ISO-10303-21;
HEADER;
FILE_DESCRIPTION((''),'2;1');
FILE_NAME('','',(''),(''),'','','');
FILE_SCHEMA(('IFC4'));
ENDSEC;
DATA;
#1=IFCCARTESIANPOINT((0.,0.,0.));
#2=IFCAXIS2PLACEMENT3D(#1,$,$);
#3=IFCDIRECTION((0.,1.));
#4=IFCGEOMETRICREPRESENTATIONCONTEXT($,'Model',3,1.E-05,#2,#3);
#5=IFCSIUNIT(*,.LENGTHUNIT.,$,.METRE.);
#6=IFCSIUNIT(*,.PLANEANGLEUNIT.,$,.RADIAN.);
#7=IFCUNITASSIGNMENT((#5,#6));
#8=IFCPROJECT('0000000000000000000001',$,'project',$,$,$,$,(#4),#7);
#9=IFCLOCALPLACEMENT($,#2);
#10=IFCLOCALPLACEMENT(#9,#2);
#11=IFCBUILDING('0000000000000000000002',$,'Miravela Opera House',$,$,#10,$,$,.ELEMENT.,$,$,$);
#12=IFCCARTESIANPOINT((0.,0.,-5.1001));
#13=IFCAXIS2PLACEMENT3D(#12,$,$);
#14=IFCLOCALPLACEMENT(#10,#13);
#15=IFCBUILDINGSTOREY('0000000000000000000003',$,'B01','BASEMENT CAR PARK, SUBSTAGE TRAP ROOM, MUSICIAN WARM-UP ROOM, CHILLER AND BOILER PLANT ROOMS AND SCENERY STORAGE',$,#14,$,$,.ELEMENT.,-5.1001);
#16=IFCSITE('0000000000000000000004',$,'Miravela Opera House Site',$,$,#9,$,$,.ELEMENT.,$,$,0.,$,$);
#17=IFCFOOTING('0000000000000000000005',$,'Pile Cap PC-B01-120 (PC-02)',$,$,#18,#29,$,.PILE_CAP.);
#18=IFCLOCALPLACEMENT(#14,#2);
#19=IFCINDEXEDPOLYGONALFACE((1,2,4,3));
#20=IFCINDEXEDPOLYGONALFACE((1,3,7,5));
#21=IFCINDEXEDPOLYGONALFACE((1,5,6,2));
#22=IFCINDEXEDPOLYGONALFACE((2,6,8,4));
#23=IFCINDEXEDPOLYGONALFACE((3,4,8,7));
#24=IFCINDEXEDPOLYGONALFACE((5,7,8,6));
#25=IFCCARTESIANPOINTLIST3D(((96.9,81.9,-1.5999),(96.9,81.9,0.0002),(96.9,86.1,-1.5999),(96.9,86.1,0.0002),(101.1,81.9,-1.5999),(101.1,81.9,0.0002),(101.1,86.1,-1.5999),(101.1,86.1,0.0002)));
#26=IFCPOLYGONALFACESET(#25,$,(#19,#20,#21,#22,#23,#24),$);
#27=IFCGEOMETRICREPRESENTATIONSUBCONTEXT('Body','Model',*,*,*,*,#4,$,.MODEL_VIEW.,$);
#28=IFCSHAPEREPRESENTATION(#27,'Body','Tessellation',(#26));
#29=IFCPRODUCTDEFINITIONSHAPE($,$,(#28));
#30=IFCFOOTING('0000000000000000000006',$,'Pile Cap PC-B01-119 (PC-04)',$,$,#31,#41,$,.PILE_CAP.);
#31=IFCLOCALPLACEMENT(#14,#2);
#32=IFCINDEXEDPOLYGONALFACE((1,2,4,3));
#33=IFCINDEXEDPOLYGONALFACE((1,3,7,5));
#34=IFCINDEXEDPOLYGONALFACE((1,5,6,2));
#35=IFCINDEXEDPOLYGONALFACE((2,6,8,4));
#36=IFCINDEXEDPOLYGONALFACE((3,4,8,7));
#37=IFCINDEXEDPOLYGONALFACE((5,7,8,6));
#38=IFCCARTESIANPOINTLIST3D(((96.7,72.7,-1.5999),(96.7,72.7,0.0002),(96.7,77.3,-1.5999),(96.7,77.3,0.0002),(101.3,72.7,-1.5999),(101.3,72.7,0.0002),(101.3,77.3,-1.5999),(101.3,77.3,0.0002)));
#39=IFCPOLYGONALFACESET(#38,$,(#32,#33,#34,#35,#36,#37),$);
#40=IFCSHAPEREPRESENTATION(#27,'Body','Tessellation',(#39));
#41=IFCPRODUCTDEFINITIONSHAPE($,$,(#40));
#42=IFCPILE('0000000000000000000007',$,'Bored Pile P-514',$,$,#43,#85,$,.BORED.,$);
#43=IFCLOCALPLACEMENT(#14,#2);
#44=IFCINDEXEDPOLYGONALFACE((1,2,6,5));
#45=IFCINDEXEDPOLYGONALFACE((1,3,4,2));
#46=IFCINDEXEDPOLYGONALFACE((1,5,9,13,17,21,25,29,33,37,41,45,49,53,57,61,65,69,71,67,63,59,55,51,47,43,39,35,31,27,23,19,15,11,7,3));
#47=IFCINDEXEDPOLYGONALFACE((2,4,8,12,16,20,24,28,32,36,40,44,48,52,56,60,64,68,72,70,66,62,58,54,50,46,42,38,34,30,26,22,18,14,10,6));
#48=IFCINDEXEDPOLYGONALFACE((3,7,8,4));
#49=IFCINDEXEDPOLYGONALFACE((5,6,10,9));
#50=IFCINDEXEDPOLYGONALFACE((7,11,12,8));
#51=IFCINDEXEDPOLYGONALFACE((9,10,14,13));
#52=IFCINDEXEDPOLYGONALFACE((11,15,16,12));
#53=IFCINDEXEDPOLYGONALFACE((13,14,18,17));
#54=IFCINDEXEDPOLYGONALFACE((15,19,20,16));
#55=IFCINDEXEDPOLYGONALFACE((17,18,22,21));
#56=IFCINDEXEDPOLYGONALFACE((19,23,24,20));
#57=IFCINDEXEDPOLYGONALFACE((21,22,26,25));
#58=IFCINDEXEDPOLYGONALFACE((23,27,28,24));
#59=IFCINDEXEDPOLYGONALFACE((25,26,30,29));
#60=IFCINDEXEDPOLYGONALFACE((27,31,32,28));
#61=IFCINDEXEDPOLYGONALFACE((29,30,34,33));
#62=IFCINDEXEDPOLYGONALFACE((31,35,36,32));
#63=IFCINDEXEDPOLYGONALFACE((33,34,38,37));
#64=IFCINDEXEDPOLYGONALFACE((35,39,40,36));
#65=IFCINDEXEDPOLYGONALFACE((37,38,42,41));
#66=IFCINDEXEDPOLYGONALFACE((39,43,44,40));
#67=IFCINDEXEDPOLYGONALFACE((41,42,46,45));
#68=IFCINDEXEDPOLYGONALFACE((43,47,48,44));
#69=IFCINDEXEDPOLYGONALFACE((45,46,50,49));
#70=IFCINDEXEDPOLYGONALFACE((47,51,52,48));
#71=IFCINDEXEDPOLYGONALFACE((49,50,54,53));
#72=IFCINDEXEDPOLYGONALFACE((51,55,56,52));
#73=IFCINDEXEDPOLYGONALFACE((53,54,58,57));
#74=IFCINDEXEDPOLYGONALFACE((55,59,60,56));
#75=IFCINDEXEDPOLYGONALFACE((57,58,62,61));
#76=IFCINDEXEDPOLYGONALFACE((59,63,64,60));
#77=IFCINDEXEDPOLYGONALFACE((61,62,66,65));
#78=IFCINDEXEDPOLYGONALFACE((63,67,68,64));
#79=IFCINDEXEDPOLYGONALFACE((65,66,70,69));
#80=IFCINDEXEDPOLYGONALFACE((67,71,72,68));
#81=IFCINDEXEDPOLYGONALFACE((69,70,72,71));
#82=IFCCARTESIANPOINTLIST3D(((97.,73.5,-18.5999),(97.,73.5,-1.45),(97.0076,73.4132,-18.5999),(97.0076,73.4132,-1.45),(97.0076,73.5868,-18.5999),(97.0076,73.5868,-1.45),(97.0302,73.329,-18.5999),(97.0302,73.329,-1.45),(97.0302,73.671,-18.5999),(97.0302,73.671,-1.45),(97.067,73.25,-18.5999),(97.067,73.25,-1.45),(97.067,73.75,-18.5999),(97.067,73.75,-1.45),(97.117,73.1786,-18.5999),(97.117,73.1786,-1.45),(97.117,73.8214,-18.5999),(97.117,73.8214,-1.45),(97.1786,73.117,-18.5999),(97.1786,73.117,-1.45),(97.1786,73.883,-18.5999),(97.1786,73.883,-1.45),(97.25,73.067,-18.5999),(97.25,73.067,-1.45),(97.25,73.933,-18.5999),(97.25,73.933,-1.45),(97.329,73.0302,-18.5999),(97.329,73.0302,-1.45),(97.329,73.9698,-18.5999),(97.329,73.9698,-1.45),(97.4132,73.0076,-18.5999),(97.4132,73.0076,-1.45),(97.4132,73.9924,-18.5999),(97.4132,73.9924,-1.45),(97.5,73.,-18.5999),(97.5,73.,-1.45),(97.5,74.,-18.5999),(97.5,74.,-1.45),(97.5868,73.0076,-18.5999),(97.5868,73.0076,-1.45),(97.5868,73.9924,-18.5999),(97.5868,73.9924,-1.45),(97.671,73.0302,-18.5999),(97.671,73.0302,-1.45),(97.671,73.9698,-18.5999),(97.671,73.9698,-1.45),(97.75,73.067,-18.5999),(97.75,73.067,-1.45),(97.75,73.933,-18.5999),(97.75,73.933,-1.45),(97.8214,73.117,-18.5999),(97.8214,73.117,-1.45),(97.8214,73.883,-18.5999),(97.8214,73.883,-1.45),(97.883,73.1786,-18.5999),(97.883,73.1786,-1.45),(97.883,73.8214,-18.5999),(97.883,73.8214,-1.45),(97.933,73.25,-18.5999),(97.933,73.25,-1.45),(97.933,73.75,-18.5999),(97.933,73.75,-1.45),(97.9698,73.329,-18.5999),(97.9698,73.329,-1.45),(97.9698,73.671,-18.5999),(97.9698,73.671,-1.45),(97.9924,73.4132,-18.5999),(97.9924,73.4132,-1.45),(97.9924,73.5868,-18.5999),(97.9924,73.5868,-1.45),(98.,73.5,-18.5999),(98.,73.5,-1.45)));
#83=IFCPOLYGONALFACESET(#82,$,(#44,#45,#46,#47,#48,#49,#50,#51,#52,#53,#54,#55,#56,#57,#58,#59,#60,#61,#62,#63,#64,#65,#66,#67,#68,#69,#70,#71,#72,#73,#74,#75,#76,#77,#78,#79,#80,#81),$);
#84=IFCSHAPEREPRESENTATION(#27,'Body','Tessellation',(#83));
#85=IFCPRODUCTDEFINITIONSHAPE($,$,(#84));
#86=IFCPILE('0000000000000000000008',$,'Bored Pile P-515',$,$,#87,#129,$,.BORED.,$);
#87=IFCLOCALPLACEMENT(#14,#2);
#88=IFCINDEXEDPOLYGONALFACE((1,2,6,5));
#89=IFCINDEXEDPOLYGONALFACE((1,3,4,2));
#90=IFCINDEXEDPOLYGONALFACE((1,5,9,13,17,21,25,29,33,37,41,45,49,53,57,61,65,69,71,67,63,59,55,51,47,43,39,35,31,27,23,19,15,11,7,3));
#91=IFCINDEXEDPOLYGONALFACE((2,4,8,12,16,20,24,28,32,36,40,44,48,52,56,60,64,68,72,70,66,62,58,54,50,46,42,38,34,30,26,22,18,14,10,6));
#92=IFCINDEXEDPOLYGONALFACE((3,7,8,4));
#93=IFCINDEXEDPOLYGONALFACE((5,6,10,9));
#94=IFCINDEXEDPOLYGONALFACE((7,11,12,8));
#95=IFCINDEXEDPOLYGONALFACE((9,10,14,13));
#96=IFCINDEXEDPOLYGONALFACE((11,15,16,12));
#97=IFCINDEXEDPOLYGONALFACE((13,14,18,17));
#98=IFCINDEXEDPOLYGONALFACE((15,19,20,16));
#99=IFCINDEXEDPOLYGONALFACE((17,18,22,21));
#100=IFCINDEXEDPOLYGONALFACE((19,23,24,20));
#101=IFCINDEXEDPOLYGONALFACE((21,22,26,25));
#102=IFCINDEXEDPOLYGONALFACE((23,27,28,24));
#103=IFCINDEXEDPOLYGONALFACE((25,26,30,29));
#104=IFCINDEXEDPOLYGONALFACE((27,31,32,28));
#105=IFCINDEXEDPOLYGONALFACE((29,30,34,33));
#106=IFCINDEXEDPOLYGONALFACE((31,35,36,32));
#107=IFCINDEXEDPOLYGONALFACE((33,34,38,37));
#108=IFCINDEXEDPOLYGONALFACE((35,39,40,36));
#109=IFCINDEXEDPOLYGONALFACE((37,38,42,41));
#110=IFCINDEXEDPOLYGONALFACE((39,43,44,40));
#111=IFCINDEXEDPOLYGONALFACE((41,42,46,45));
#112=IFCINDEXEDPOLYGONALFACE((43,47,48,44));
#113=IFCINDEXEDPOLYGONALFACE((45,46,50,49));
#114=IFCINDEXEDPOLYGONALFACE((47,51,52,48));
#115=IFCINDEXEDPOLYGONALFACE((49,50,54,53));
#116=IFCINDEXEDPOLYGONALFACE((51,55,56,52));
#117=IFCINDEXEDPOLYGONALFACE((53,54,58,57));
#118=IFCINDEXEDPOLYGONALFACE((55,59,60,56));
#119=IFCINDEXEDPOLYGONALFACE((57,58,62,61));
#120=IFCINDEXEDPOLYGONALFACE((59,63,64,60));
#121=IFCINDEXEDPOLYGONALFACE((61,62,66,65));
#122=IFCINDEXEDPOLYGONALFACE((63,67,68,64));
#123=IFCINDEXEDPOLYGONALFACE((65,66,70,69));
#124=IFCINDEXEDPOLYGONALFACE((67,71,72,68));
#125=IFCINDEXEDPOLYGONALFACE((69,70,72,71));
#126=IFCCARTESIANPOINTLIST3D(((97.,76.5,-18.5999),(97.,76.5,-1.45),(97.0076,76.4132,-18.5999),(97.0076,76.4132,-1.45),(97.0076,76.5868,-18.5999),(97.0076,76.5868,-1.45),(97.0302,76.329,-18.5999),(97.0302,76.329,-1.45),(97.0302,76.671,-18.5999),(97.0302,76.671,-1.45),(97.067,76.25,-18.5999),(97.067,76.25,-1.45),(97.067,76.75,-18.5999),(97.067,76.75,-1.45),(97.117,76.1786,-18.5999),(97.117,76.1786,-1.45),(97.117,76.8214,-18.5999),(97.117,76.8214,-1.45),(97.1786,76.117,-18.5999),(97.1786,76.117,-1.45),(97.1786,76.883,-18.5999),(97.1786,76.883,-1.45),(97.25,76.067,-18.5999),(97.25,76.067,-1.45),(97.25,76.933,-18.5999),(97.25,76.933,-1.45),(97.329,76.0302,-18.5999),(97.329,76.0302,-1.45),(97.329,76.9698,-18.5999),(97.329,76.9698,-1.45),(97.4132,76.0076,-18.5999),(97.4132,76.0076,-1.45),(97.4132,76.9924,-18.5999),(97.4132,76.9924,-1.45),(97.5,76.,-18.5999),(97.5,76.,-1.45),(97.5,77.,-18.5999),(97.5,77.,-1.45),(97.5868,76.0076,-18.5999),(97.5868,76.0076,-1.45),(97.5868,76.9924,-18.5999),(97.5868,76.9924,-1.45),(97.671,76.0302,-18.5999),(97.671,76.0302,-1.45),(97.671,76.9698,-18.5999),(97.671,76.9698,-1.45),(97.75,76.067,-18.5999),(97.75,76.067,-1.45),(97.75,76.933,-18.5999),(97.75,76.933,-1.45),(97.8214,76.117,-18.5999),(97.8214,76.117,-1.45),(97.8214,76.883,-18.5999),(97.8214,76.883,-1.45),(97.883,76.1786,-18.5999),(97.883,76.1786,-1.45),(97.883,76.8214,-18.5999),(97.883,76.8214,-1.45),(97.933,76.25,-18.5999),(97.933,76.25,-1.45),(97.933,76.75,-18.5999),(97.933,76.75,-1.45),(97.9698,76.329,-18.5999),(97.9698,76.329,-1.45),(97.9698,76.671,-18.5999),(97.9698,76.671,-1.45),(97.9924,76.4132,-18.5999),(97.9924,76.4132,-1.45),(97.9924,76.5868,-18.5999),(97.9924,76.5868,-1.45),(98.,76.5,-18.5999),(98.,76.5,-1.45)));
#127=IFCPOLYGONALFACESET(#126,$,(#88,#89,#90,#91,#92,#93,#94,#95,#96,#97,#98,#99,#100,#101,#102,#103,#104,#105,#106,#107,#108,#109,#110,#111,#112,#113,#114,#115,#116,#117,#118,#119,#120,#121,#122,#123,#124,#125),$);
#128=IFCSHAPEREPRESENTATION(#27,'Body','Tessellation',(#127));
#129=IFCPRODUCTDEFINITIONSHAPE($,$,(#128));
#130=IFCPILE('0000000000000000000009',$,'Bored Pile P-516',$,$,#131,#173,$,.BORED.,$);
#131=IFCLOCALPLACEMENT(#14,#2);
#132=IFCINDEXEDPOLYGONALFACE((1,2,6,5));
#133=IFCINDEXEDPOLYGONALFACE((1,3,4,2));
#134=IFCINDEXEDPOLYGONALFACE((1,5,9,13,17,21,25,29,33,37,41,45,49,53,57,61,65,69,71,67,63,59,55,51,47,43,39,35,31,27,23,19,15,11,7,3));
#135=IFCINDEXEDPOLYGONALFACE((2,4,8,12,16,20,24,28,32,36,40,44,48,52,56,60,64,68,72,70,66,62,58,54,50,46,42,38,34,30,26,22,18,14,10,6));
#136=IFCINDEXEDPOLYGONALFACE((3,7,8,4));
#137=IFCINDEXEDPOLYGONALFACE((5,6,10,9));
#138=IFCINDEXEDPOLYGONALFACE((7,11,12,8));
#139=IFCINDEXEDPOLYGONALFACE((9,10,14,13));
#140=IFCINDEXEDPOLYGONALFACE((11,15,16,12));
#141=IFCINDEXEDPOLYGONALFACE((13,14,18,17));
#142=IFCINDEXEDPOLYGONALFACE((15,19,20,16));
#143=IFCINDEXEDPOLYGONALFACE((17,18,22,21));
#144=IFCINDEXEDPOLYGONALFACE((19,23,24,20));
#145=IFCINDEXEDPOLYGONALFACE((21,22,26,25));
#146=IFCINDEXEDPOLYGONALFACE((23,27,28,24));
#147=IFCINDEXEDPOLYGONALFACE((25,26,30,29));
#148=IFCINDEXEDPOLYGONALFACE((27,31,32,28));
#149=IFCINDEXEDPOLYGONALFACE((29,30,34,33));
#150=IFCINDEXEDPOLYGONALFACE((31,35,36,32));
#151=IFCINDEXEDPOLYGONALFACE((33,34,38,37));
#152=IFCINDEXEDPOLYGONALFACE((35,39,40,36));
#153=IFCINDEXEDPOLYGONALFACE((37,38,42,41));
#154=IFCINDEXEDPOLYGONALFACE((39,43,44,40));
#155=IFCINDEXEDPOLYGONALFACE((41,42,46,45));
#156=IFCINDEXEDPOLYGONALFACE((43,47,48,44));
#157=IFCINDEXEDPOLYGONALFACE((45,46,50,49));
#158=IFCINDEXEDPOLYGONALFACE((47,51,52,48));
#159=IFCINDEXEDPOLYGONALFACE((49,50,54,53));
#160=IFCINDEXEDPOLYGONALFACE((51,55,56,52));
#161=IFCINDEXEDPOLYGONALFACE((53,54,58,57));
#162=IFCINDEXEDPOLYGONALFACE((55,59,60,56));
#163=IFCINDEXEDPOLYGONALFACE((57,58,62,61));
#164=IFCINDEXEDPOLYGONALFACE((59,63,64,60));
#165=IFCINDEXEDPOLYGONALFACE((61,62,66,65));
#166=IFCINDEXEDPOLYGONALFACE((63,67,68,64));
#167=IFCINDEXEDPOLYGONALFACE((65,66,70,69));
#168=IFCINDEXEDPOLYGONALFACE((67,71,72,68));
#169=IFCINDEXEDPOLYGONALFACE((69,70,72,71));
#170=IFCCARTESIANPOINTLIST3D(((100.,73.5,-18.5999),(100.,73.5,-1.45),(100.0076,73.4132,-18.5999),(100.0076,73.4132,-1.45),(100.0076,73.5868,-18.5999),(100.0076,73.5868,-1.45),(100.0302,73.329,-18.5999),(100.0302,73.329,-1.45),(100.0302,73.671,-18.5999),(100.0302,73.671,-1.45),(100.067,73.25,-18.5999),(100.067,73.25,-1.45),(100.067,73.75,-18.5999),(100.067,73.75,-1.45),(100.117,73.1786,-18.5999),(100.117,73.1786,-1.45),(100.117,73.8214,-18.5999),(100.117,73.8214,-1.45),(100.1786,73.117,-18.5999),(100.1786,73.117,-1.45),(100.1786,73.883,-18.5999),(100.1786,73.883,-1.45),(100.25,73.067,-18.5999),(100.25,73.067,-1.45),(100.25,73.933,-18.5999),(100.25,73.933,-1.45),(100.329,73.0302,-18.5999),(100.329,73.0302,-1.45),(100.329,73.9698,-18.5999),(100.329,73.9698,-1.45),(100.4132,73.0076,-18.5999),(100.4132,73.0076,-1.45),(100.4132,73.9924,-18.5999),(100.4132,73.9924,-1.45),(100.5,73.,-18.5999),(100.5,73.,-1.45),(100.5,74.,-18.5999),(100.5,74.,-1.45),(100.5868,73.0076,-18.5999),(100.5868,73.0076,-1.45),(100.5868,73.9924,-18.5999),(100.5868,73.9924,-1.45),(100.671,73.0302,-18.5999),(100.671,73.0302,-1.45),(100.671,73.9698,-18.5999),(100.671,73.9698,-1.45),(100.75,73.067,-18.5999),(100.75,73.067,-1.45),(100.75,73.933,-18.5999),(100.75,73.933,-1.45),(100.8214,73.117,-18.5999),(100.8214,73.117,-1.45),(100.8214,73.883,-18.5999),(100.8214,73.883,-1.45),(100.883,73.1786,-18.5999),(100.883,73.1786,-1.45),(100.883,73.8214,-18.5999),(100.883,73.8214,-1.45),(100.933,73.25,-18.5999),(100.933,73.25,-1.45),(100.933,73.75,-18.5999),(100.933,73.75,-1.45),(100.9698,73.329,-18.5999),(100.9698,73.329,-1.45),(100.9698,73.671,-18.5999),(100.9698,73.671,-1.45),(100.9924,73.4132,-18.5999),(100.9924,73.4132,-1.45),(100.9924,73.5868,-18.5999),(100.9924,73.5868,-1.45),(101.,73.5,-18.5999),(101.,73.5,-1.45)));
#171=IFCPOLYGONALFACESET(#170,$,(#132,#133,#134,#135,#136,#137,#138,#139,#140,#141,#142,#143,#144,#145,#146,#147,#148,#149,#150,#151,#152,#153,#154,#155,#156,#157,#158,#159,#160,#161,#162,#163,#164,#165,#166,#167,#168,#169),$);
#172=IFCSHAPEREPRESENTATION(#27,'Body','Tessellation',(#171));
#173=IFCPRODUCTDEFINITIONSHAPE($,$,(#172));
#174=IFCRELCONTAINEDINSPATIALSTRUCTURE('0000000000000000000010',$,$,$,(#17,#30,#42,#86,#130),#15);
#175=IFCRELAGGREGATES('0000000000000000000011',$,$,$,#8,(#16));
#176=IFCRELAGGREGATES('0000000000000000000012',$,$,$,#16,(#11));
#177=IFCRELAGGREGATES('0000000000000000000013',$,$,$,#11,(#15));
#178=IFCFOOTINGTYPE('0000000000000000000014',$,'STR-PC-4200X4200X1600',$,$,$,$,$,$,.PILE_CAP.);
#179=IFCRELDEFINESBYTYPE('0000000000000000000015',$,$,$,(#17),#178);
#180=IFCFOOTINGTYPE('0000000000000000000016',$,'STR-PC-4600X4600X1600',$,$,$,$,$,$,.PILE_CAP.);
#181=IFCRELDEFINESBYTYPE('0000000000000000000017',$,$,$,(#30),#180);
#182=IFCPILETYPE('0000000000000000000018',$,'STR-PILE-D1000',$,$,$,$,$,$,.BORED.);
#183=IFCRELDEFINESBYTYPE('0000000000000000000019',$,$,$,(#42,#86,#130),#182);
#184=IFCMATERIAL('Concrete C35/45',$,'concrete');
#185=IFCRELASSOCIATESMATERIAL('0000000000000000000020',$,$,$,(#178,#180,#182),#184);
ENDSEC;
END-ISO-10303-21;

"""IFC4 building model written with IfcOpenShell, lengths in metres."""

from ifc_helpers import new_model, si_unit, direction, frame, origin, origin_2d, place, context, subcontext, project, spatial, rectangle, circle, extrude, material, material_profile, profile_set, type_object, element, save


model = new_model("IFC4")

# Units and contexts
model_context = context("Model", 3, precision=1e-05, world=origin(), true_north=direction((0.0, 1.0)))
body_context = subcontext(model_context, "Body", "Model", "MODEL_VIEW")
ifc_project = project(units=[si_unit("LENGTHUNIT", "METRE"), si_unit("PLANEANGLEUNIT", "RADIAN")], contexts=[model_context])

# Site, building, storey
site_placement = place(None, origin())
site = spatial("IfcSite", under=ifc_project, at=site_placement, Name="Miravela Opera House Site", CompositionType="ELEMENT", RefElevation=0.0)
building_placement = place(site_placement, origin())
building = spatial("IfcBuilding", under=site, at=building_placement, Name="Miravela Opera House", CompositionType="ELEMENT")
storey_placement = place(building_placement, frame((0.0, 0.0, -5.1001)))
storey = spatial("IfcBuildingStorey", under=building, at=storey_placement, Name="B01", Description="BASEMENT CAR PARK, SUBSTAGE TRAP ROOM, MUSICIAN WARM-UP ROOM, CHILLER AND BOILER PLANT ROOMS AND SCENERY STORAGE", CompositionType="ELEMENT", Elevation=-5.1001)

# Footings
ifc_material_1 = material(Name="Concrete C35/45", Category="concrete")
footing_type_1 = type_object("IfcFootingType", Name="STR-PC-4200X4200X1600", PredefinedType="PILE_CAP", material=ifc_material_1)
footing_1_placement = place(storey_placement, frame((99.0, 84.0, -1.5999), z_axis=(0.0, 0.0, 1.0), x_axis=(1.0, 0.0, 0.0)))
element("IfcFooting", 1, at=footing_1_placement, inside=storey, type_object=footing_type_1, Name="Pile Cap PC-B01-120 (PC-02)", PredefinedType="PILE_CAP", context=body_context, shape_type="SweptSolid", body=[
    extrude(rectangle(XDim=4.2, YDim=4.2, at=origin_2d()), origin(), (0.0, 0.0, 1.0), 1.6001),
])
footing_type_2 = type_object("IfcFootingType", Name="STR-PC-4600X4600X1600", PredefinedType="PILE_CAP", material=ifc_material_1)
footing_2_placement = place(storey_placement, frame((99.0, 75.0, -1.5999), z_axis=(0.0, 0.0, 1.0), x_axis=(1.0, 0.0, 0.0)))
element("IfcFooting", 2, at=footing_2_placement, inside=storey, type_object=footing_type_2, Name="Pile Cap PC-B01-119 (PC-04)", PredefinedType="PILE_CAP", context=body_context, shape_type="SweptSolid", body=[
    extrude(rectangle(XDim=4.6001, YDim=4.6001, at=origin_2d()), origin(), (0.0, 0.0, 1.0), 1.6001),
])

# Piles
ifc_material_profile_1 = material_profile(ifc_material_1, circle(Radius=0.5, at=origin_2d()), Name="PILE-D1000")
ifc_profile_set_1 = profile_set([ifc_material_profile_1])
pile_type_1 = type_object("IfcPileType", Name="STR-PILE-D1000", PredefinedType="BORED", material=ifc_profile_set_1)
for number, where, z_axis, x_axis, name in (
    (3, (97.5, 73.5, -1.45), (0.0, 0.0, -1.0), (1.0, 0.0, 0.0), "Bored Pile P-514"),
    (4, (97.5, 76.5, -1.45), (0.0, 0.0, -1.0), (1.0, 0.0, 0.0), "Bored Pile P-515"),
    (5, (100.5, 73.5, -1.45), (0.0, 0.0, -1.0), (1.0, 0.0, 0.0), "Bored Pile P-516"),
):
    element("IfcPile", number, at=place(storey_placement, frame(where, z_axis=z_axis, x_axis=x_axis)), inside=storey, type_object=pile_type_1, Name=name, PredefinedType="BORED", context=body_context, shape_type="SweptSolid", body=[
        extrude(circle(Radius=0.5, at=origin_2d()), origin(), (0.0, 0.0, 1.0), 17.1499),
    ])

save(model, "model.ifc")
